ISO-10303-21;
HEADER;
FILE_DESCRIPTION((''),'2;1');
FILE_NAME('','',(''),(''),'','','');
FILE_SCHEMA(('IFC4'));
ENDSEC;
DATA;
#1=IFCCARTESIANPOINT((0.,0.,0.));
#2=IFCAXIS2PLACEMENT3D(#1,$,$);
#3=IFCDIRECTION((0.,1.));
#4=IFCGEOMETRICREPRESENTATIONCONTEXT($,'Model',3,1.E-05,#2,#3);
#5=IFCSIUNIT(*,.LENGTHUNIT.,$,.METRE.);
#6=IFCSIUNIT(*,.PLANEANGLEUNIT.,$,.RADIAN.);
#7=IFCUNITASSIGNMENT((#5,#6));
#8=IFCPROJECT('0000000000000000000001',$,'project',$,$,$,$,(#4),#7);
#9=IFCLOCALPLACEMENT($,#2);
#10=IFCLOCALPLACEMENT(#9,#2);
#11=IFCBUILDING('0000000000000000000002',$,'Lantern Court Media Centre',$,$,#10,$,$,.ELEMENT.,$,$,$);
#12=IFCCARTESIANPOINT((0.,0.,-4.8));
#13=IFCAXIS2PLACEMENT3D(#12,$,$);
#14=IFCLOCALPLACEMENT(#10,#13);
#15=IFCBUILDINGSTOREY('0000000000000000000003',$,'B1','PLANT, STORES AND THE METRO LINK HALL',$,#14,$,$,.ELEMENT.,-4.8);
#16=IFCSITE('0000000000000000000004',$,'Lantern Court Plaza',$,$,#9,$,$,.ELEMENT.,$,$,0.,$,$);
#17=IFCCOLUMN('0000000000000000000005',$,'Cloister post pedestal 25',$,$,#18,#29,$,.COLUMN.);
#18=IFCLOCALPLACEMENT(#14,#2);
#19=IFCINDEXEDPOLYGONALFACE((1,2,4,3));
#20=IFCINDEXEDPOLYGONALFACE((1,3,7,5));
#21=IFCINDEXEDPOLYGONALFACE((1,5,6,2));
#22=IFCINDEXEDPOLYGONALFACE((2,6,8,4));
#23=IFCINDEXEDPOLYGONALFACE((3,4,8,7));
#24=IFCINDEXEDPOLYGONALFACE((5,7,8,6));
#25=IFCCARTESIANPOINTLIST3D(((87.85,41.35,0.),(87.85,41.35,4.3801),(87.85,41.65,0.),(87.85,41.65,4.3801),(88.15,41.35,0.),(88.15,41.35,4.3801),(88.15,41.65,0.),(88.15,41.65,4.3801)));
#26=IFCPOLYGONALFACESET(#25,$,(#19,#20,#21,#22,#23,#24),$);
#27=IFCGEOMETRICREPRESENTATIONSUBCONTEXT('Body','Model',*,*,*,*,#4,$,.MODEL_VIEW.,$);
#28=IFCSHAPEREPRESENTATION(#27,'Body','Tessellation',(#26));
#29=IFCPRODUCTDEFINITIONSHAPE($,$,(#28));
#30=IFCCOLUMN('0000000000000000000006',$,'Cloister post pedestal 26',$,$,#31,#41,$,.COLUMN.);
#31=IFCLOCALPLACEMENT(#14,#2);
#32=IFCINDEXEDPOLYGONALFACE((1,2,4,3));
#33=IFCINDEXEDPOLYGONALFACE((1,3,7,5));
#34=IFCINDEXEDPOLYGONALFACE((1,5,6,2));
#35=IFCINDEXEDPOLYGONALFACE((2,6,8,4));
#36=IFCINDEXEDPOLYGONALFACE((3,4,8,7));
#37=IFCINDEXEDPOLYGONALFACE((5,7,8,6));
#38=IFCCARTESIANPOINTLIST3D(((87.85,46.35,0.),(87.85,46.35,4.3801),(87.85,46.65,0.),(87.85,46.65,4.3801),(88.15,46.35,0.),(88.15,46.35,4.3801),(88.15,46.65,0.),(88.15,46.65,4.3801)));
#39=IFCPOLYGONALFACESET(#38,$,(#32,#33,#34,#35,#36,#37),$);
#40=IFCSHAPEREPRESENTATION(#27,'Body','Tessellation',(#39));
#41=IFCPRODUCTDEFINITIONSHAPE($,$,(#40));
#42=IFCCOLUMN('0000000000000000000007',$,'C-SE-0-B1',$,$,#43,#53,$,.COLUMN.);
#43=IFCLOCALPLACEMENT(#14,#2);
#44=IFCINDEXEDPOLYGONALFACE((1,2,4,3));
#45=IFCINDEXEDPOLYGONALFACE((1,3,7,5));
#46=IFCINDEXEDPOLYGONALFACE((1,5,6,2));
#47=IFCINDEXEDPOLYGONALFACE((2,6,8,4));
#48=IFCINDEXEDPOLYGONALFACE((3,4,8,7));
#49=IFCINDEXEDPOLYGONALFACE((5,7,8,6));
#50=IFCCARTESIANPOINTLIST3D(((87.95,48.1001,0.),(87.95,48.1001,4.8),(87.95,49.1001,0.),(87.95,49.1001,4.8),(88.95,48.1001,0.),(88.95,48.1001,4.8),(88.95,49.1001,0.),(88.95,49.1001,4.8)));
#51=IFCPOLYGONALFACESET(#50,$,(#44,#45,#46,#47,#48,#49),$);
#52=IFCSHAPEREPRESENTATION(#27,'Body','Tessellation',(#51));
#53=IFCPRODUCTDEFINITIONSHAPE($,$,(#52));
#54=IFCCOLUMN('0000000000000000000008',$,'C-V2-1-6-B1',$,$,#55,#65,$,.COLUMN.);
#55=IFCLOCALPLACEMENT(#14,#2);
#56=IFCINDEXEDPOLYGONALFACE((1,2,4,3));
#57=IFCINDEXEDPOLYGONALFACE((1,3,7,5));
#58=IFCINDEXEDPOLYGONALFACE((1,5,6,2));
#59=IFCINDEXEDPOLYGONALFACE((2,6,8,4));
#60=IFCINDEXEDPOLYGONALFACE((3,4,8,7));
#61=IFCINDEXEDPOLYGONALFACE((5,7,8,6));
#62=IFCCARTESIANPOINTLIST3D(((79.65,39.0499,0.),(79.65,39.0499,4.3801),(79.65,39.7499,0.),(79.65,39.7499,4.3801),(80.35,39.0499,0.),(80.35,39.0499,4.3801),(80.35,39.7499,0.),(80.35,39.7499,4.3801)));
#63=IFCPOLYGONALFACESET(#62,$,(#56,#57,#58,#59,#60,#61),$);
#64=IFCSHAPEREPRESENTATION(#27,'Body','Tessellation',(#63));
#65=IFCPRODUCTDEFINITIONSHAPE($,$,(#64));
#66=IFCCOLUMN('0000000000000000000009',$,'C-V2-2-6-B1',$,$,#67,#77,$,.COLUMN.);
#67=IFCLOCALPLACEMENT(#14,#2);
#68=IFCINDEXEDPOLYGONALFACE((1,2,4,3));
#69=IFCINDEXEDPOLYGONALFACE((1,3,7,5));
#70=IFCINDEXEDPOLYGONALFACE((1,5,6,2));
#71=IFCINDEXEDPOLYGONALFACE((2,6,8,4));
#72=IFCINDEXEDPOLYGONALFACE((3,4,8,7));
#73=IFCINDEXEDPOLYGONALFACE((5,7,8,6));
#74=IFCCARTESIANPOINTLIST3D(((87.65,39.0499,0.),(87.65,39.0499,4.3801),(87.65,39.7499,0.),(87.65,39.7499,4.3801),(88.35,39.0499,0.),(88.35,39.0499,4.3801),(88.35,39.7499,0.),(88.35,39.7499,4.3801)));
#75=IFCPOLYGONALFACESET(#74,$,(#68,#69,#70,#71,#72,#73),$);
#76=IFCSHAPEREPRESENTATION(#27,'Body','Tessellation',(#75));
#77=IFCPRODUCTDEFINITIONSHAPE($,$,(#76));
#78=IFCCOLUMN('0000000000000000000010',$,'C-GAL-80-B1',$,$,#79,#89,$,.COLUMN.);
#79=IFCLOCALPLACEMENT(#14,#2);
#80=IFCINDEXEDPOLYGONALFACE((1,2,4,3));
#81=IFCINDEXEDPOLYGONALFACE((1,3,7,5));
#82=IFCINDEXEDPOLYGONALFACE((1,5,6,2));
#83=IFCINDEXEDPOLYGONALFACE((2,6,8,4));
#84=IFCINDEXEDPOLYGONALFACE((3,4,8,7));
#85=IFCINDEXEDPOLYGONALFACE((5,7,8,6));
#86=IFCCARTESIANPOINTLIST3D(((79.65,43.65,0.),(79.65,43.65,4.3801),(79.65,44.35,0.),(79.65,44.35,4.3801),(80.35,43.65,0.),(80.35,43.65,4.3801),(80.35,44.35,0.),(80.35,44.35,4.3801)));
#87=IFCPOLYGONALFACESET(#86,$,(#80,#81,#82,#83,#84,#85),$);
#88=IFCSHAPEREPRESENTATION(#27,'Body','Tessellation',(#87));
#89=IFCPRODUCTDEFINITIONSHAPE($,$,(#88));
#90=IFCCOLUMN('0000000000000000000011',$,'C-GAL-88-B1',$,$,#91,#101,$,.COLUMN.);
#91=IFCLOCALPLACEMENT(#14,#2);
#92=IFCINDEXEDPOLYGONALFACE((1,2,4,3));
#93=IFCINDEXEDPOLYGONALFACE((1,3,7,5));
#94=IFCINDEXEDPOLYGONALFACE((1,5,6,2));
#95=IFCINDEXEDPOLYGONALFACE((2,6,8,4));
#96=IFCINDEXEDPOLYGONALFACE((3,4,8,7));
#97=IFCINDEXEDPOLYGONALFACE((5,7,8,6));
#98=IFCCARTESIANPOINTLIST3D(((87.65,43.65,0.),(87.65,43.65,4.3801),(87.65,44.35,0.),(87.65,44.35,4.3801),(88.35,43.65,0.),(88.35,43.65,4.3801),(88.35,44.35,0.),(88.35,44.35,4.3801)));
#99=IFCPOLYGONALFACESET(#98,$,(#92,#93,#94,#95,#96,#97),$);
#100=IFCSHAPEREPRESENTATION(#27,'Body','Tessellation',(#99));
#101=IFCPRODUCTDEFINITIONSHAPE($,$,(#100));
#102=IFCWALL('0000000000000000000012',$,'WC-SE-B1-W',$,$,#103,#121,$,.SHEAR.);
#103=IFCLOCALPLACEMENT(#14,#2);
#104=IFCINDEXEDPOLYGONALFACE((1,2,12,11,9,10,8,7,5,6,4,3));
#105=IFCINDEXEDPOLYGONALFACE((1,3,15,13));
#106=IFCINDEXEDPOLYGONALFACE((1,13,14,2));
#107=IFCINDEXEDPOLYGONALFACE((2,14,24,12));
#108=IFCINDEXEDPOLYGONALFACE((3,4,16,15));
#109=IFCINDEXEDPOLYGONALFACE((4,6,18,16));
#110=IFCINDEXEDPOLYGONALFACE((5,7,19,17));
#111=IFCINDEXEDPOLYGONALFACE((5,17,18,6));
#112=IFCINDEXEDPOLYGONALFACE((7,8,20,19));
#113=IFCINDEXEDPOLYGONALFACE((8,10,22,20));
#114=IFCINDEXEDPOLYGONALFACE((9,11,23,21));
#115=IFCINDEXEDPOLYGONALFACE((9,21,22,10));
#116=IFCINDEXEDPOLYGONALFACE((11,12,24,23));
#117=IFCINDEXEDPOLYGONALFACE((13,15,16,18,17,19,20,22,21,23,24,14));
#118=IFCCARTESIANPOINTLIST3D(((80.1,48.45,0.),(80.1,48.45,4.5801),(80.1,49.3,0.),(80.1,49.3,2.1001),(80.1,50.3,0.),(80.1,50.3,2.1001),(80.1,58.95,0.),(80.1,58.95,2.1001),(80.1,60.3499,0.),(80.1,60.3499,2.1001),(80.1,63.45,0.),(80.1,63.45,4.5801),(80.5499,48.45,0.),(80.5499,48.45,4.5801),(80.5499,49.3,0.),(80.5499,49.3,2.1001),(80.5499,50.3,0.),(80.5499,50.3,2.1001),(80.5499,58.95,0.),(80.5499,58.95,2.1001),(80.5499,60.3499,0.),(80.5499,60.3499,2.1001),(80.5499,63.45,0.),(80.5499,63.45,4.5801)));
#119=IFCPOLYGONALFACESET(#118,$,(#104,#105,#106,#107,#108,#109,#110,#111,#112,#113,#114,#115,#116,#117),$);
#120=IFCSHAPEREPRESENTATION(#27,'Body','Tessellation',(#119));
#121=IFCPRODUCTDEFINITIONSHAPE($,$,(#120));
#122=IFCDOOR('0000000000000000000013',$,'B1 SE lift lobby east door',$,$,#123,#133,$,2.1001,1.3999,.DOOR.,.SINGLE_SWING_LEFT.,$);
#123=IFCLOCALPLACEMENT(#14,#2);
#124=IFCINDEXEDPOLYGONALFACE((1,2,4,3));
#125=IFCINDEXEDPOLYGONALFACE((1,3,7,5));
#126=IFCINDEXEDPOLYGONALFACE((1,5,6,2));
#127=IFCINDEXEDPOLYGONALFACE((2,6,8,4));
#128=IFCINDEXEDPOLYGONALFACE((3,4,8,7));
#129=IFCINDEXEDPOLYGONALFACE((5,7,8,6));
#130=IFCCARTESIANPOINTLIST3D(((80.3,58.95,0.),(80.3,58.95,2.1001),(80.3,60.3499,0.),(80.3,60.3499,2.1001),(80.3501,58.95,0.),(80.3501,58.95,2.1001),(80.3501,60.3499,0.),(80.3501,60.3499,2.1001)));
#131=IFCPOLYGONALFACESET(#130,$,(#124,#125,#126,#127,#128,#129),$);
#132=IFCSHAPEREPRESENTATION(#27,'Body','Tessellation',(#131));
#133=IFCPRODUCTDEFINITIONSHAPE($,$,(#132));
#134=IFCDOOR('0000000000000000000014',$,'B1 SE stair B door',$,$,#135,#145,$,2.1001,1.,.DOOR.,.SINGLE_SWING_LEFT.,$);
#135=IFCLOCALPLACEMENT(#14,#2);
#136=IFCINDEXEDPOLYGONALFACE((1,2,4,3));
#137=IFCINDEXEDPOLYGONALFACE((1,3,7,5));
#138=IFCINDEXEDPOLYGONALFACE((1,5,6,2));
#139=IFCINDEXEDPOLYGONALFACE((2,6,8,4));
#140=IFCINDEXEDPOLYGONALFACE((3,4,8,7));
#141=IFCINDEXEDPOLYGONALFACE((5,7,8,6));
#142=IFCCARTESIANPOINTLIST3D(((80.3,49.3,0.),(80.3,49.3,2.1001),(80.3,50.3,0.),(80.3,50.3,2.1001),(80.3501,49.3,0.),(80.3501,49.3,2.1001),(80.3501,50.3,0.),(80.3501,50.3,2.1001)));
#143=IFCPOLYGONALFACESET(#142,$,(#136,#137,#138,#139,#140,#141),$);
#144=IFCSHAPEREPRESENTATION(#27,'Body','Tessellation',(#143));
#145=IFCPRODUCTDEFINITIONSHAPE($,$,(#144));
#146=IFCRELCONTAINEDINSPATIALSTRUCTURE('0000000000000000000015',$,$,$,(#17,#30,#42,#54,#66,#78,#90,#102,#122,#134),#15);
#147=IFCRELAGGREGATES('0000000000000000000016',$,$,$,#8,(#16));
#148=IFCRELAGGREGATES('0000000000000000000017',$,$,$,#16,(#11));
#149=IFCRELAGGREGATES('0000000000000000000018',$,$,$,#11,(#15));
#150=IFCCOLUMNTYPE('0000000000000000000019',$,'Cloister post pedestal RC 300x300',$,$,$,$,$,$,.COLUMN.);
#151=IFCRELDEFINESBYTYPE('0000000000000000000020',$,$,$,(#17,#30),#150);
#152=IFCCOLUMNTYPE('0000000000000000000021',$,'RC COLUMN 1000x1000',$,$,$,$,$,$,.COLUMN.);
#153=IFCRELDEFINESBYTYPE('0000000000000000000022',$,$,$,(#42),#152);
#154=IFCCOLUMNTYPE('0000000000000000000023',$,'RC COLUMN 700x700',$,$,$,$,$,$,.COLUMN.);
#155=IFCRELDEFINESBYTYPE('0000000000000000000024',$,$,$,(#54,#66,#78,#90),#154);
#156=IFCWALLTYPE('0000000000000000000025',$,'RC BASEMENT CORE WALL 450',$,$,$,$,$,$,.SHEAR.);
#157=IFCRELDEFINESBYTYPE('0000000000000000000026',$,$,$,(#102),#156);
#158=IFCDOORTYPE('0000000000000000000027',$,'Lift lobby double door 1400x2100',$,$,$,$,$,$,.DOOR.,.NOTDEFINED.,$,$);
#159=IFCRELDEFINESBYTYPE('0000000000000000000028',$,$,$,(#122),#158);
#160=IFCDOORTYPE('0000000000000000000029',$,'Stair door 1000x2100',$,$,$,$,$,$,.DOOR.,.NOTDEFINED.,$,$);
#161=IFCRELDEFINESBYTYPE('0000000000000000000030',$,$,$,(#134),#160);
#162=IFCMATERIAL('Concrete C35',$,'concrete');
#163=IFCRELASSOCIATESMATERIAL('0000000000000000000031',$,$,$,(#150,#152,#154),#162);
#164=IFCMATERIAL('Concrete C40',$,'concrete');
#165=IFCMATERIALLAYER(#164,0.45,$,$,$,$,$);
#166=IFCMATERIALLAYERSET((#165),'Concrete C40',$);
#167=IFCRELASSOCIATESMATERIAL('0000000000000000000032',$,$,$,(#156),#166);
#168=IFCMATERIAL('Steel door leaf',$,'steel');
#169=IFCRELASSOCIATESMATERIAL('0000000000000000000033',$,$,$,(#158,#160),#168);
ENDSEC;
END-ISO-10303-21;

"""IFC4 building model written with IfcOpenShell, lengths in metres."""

from ifc_helpers import new_model, si_unit, direction, frame, frame_2d, origin, origin_2d, place, context, subcontext, project, spatial, rectangle, extrude, material, layer, layer_set, material_profile, profile_set, type_object, element, fill, save


model = new_model("IFC4")

# Units and contexts
model_context = context("Model", 3, precision=1e-05, world=origin(), true_north=direction((0.0, 1.0)))
body_context = subcontext(model_context, "Body", "Model", "MODEL_VIEW")
ifc_project = project(units=[si_unit("LENGTHUNIT", "METRE"), si_unit("PLANEANGLEUNIT", "RADIAN")], contexts=[model_context])

# Site, building, storey
site_placement = place(None, origin())
site = spatial("IfcSite", under=ifc_project, at=site_placement, Name="Lantern Court Plaza", CompositionType="ELEMENT", RefElevation=0.0)
building_placement = place(site_placement, origin())
building = spatial("IfcBuilding", under=site, at=building_placement, Name="Lantern Court Media Centre", CompositionType="ELEMENT")
storey_placement = place(building_placement, frame((0.0, 0.0, -4.8)))
storey = spatial("IfcBuildingStorey", under=building, at=storey_placement, Name="B1", Description="PLANT, STORES AND THE METRO LINK HALL", CompositionType="ELEMENT", Elevation=-4.8)

# Columns
ifc_material_1 = material(Name="Concrete C35", Category="concrete")
ifc_material_profile_1 = material_profile(ifc_material_1, rectangle(XDim=0.3, YDim=0.3, at=origin_2d()), Name="RC 300x300")
ifc_profile_set_1 = profile_set([ifc_material_profile_1], Name="Concrete C35")
column_type_1 = type_object("IfcColumnType", Name="Cloister post pedestal RC 300x300", PredefinedType="COLUMN", material=ifc_profile_set_1)
for number, where, z_axis, x_axis, name in (
    (1, (88.0, 41.5, 0.0), (0.0, 0.0, 1.0), (1.0, 0.0, 0.0), "Cloister post pedestal 25"),
    (2, (88.0, 46.5, 0.0), (0.0, 0.0, 1.0), (1.0, 0.0, 0.0), "Cloister post pedestal 26"),
):
    element("IfcColumn", number, at=place(storey_placement, frame(where, z_axis=z_axis, x_axis=x_axis)), inside=storey, type_object=column_type_1, Name=name, PredefinedType="COLUMN", context=body_context, shape_type="SweptSolid", body=[
        extrude(rectangle(XDim=0.3, YDim=0.3, at=origin_2d()), origin(), (0.0, 0.0, 1.0), 4.3801),
    ])
ifc_material_profile_2 = material_profile(ifc_material_1, rectangle(XDim=1.0, YDim=1.0, at=origin_2d()), Name="RC 1000x1000")
ifc_profile_set_2 = profile_set([ifc_material_profile_2], Name="Concrete C35")
column_type_2 = type_object("IfcColumnType", Name="RC COLUMN 1000x1000", PredefinedType="COLUMN", material=ifc_profile_set_2)
column_placement = place(storey_placement, frame((88.45, 48.6001, 0.0), z_axis=(0.0, 0.0, 1.0), x_axis=(1.0, 0.0, 0.0)))
element("IfcColumn", 3, at=column_placement, inside=storey, type_object=column_type_2, Name="C-SE-0-B1", PredefinedType="COLUMN", context=body_context, shape_type="SweptSolid", body=[
    extrude(rectangle(XDim=1.0, YDim=1.0, at=origin_2d()), origin(), (0.0, 0.0, 1.0), 4.8),
])
ifc_material_profile_3 = material_profile(ifc_material_1, rectangle(XDim=0.7, YDim=0.7, at=origin_2d()), Name="RC 700x700")
ifc_profile_set_3 = profile_set([ifc_material_profile_3], Name="Concrete C35")
column_type_3 = type_object("IfcColumnType", Name="RC COLUMN 700x700", PredefinedType="COLUMN", material=ifc_profile_set_3)
for number, where, z_axis, x_axis, name in (
    (4, (80.0, 39.3999, 0.0), (0.0, 0.0, 1.0), (1.0, 0.0, 0.0), "C-V2-1-6-B1"),
    (5, (88.0, 39.3999, 0.0), (0.0, 0.0, 1.0), (1.0, 0.0, 0.0), "C-V2-2-6-B1"),
    (6, (80.0, 44.0, 0.0), (0.0, 0.0, 1.0), (1.0, 0.0, 0.0), "C-GAL-80-B1"),
    (7, (88.0, 44.0, 0.0), (0.0, 0.0, 1.0), (1.0, 0.0, 0.0), "C-GAL-88-B1"),
):
    element("IfcColumn", number, at=place(storey_placement, frame(where, z_axis=z_axis, x_axis=x_axis)), inside=storey, type_object=column_type_3, Name=name, PredefinedType="COLUMN", context=body_context, shape_type="SweptSolid", body=[
        extrude(rectangle(XDim=0.7, YDim=0.7, at=origin_2d()), origin(), (0.0, 0.0, 1.0), 4.3801),
    ])

# Wall, openings, doors
ifc_material_2 = material(Name="Concrete C40", Category="concrete")
ifc_layer_1 = layer(ifc_material_2, 0.45)
ifc_layer_set_1 = layer_set([ifc_layer_1], Name="Concrete C40")
wall_type_1 = type_object("IfcWallType", Name="RC BASEMENT CORE WALL 450", PredefinedType="SHEAR", material=ifc_layer_set_1)
wall_1_placement = place(storey_placement, frame((80.325, 48.45, 0.0), z_axis=(0.0, 0.0, 1.0), x_axis=(0.0, 1.0, 0.0)))
wall_1 = element("IfcWall", 8, at=wall_1_placement, inside=storey, type_object=wall_type_1, Name="WC-SE-B1-W", PredefinedType="SHEAR", context=body_context, shape_type="SweptSolid", body=[
    extrude(rectangle(XDim=15.0, YDim=0.45, at=frame_2d((7.5, 0.0))), origin(), (0.0, 0.0, 1.0), 4.5801),
])
opening_1_placement = place(wall_1_placement, frame((0.8501, 0.0, 0.0)))
opening_1 = element("IfcOpeningElement", 9, at=opening_1_placement, cuts=wall_1, PredefinedType="OPENING", context=body_context, shape_type="SweptSolid", body=[
    extrude(rectangle(XDim=1.0, YDim=2.1001, at=frame_2d((0.5, 1.05))), frame((0.0, 0.2349, 0.0), z_axis=(0.0, -1.0, 0.0), x_axis=(1.0, 0.0, 0.0)), (0.0, 0.0, 1.0), 0.47),
])
opening_2_placement = place(wall_1_placement, frame((10.5, 0.0, 0.0)))
opening_2 = element("IfcOpeningElement", 10, at=opening_2_placement, cuts=wall_1, PredefinedType="OPENING", context=body_context, shape_type="SweptSolid", body=[
    extrude(rectangle(XDim=1.3999, YDim=2.1001, at=frame_2d((0.7, 1.05))), frame((0.0, 0.2349, 0.0), z_axis=(0.0, -1.0, 0.0), x_axis=(1.0, 0.0, 0.0)), (0.0, 0.0, 1.0), 0.47),
])
ifc_material_3 = material(Name="Steel door leaf", Category="steel")
door_type_1 = type_object("IfcDoorType", Name="Lift lobby double door 1400x2100", OperationType="NOTDEFINED", PredefinedType="DOOR", material=ifc_material_3)
door_1_placement = place(opening_2_placement, origin())
door_1 = element("IfcDoor", 11, at=door_1_placement, inside=storey, type_object=door_type_1, Name="B1 SE lift lobby east door", OperationType="SINGLE_SWING_LEFT", OverallHeight=2.1001, OverallWidth=1.3999, PredefinedType="DOOR", context=body_context, shape_type="SweptSolid", body=[
    extrude(rectangle(XDim=1.3999, YDim=2.1001, at=frame_2d((0.7, 1.05))), frame((0.0, 0.0249, 0.0), z_axis=(0.0, -1.0, 0.0), x_axis=(1.0, 0.0, 0.0)), (0.0, 0.0, 1.0), 0.05),
])
fill(opening_2, door_1)
door_type_2 = type_object("IfcDoorType", Name="Stair door 1000x2100", OperationType="NOTDEFINED", PredefinedType="DOOR", material=ifc_material_3)
door_2_placement = place(opening_1_placement, origin())
door_2 = element("IfcDoor", 12, at=door_2_placement, inside=storey, type_object=door_type_2, Name="B1 SE stair B door", OperationType="SINGLE_SWING_LEFT", OverallHeight=2.1001, OverallWidth=1.0, PredefinedType="DOOR", context=body_context, shape_type="SweptSolid", body=[
    extrude(rectangle(XDim=1.0, YDim=2.1001, at=frame_2d((0.5, 1.05))), frame((0.0, 0.0249, 0.0), z_axis=(0.0, -1.0, 0.0), x_axis=(1.0, 0.0, 0.0)), (0.0, 0.0, 1.0), 0.05),
])
fill(opening_1, door_2)

save(model, "model.ifc")
